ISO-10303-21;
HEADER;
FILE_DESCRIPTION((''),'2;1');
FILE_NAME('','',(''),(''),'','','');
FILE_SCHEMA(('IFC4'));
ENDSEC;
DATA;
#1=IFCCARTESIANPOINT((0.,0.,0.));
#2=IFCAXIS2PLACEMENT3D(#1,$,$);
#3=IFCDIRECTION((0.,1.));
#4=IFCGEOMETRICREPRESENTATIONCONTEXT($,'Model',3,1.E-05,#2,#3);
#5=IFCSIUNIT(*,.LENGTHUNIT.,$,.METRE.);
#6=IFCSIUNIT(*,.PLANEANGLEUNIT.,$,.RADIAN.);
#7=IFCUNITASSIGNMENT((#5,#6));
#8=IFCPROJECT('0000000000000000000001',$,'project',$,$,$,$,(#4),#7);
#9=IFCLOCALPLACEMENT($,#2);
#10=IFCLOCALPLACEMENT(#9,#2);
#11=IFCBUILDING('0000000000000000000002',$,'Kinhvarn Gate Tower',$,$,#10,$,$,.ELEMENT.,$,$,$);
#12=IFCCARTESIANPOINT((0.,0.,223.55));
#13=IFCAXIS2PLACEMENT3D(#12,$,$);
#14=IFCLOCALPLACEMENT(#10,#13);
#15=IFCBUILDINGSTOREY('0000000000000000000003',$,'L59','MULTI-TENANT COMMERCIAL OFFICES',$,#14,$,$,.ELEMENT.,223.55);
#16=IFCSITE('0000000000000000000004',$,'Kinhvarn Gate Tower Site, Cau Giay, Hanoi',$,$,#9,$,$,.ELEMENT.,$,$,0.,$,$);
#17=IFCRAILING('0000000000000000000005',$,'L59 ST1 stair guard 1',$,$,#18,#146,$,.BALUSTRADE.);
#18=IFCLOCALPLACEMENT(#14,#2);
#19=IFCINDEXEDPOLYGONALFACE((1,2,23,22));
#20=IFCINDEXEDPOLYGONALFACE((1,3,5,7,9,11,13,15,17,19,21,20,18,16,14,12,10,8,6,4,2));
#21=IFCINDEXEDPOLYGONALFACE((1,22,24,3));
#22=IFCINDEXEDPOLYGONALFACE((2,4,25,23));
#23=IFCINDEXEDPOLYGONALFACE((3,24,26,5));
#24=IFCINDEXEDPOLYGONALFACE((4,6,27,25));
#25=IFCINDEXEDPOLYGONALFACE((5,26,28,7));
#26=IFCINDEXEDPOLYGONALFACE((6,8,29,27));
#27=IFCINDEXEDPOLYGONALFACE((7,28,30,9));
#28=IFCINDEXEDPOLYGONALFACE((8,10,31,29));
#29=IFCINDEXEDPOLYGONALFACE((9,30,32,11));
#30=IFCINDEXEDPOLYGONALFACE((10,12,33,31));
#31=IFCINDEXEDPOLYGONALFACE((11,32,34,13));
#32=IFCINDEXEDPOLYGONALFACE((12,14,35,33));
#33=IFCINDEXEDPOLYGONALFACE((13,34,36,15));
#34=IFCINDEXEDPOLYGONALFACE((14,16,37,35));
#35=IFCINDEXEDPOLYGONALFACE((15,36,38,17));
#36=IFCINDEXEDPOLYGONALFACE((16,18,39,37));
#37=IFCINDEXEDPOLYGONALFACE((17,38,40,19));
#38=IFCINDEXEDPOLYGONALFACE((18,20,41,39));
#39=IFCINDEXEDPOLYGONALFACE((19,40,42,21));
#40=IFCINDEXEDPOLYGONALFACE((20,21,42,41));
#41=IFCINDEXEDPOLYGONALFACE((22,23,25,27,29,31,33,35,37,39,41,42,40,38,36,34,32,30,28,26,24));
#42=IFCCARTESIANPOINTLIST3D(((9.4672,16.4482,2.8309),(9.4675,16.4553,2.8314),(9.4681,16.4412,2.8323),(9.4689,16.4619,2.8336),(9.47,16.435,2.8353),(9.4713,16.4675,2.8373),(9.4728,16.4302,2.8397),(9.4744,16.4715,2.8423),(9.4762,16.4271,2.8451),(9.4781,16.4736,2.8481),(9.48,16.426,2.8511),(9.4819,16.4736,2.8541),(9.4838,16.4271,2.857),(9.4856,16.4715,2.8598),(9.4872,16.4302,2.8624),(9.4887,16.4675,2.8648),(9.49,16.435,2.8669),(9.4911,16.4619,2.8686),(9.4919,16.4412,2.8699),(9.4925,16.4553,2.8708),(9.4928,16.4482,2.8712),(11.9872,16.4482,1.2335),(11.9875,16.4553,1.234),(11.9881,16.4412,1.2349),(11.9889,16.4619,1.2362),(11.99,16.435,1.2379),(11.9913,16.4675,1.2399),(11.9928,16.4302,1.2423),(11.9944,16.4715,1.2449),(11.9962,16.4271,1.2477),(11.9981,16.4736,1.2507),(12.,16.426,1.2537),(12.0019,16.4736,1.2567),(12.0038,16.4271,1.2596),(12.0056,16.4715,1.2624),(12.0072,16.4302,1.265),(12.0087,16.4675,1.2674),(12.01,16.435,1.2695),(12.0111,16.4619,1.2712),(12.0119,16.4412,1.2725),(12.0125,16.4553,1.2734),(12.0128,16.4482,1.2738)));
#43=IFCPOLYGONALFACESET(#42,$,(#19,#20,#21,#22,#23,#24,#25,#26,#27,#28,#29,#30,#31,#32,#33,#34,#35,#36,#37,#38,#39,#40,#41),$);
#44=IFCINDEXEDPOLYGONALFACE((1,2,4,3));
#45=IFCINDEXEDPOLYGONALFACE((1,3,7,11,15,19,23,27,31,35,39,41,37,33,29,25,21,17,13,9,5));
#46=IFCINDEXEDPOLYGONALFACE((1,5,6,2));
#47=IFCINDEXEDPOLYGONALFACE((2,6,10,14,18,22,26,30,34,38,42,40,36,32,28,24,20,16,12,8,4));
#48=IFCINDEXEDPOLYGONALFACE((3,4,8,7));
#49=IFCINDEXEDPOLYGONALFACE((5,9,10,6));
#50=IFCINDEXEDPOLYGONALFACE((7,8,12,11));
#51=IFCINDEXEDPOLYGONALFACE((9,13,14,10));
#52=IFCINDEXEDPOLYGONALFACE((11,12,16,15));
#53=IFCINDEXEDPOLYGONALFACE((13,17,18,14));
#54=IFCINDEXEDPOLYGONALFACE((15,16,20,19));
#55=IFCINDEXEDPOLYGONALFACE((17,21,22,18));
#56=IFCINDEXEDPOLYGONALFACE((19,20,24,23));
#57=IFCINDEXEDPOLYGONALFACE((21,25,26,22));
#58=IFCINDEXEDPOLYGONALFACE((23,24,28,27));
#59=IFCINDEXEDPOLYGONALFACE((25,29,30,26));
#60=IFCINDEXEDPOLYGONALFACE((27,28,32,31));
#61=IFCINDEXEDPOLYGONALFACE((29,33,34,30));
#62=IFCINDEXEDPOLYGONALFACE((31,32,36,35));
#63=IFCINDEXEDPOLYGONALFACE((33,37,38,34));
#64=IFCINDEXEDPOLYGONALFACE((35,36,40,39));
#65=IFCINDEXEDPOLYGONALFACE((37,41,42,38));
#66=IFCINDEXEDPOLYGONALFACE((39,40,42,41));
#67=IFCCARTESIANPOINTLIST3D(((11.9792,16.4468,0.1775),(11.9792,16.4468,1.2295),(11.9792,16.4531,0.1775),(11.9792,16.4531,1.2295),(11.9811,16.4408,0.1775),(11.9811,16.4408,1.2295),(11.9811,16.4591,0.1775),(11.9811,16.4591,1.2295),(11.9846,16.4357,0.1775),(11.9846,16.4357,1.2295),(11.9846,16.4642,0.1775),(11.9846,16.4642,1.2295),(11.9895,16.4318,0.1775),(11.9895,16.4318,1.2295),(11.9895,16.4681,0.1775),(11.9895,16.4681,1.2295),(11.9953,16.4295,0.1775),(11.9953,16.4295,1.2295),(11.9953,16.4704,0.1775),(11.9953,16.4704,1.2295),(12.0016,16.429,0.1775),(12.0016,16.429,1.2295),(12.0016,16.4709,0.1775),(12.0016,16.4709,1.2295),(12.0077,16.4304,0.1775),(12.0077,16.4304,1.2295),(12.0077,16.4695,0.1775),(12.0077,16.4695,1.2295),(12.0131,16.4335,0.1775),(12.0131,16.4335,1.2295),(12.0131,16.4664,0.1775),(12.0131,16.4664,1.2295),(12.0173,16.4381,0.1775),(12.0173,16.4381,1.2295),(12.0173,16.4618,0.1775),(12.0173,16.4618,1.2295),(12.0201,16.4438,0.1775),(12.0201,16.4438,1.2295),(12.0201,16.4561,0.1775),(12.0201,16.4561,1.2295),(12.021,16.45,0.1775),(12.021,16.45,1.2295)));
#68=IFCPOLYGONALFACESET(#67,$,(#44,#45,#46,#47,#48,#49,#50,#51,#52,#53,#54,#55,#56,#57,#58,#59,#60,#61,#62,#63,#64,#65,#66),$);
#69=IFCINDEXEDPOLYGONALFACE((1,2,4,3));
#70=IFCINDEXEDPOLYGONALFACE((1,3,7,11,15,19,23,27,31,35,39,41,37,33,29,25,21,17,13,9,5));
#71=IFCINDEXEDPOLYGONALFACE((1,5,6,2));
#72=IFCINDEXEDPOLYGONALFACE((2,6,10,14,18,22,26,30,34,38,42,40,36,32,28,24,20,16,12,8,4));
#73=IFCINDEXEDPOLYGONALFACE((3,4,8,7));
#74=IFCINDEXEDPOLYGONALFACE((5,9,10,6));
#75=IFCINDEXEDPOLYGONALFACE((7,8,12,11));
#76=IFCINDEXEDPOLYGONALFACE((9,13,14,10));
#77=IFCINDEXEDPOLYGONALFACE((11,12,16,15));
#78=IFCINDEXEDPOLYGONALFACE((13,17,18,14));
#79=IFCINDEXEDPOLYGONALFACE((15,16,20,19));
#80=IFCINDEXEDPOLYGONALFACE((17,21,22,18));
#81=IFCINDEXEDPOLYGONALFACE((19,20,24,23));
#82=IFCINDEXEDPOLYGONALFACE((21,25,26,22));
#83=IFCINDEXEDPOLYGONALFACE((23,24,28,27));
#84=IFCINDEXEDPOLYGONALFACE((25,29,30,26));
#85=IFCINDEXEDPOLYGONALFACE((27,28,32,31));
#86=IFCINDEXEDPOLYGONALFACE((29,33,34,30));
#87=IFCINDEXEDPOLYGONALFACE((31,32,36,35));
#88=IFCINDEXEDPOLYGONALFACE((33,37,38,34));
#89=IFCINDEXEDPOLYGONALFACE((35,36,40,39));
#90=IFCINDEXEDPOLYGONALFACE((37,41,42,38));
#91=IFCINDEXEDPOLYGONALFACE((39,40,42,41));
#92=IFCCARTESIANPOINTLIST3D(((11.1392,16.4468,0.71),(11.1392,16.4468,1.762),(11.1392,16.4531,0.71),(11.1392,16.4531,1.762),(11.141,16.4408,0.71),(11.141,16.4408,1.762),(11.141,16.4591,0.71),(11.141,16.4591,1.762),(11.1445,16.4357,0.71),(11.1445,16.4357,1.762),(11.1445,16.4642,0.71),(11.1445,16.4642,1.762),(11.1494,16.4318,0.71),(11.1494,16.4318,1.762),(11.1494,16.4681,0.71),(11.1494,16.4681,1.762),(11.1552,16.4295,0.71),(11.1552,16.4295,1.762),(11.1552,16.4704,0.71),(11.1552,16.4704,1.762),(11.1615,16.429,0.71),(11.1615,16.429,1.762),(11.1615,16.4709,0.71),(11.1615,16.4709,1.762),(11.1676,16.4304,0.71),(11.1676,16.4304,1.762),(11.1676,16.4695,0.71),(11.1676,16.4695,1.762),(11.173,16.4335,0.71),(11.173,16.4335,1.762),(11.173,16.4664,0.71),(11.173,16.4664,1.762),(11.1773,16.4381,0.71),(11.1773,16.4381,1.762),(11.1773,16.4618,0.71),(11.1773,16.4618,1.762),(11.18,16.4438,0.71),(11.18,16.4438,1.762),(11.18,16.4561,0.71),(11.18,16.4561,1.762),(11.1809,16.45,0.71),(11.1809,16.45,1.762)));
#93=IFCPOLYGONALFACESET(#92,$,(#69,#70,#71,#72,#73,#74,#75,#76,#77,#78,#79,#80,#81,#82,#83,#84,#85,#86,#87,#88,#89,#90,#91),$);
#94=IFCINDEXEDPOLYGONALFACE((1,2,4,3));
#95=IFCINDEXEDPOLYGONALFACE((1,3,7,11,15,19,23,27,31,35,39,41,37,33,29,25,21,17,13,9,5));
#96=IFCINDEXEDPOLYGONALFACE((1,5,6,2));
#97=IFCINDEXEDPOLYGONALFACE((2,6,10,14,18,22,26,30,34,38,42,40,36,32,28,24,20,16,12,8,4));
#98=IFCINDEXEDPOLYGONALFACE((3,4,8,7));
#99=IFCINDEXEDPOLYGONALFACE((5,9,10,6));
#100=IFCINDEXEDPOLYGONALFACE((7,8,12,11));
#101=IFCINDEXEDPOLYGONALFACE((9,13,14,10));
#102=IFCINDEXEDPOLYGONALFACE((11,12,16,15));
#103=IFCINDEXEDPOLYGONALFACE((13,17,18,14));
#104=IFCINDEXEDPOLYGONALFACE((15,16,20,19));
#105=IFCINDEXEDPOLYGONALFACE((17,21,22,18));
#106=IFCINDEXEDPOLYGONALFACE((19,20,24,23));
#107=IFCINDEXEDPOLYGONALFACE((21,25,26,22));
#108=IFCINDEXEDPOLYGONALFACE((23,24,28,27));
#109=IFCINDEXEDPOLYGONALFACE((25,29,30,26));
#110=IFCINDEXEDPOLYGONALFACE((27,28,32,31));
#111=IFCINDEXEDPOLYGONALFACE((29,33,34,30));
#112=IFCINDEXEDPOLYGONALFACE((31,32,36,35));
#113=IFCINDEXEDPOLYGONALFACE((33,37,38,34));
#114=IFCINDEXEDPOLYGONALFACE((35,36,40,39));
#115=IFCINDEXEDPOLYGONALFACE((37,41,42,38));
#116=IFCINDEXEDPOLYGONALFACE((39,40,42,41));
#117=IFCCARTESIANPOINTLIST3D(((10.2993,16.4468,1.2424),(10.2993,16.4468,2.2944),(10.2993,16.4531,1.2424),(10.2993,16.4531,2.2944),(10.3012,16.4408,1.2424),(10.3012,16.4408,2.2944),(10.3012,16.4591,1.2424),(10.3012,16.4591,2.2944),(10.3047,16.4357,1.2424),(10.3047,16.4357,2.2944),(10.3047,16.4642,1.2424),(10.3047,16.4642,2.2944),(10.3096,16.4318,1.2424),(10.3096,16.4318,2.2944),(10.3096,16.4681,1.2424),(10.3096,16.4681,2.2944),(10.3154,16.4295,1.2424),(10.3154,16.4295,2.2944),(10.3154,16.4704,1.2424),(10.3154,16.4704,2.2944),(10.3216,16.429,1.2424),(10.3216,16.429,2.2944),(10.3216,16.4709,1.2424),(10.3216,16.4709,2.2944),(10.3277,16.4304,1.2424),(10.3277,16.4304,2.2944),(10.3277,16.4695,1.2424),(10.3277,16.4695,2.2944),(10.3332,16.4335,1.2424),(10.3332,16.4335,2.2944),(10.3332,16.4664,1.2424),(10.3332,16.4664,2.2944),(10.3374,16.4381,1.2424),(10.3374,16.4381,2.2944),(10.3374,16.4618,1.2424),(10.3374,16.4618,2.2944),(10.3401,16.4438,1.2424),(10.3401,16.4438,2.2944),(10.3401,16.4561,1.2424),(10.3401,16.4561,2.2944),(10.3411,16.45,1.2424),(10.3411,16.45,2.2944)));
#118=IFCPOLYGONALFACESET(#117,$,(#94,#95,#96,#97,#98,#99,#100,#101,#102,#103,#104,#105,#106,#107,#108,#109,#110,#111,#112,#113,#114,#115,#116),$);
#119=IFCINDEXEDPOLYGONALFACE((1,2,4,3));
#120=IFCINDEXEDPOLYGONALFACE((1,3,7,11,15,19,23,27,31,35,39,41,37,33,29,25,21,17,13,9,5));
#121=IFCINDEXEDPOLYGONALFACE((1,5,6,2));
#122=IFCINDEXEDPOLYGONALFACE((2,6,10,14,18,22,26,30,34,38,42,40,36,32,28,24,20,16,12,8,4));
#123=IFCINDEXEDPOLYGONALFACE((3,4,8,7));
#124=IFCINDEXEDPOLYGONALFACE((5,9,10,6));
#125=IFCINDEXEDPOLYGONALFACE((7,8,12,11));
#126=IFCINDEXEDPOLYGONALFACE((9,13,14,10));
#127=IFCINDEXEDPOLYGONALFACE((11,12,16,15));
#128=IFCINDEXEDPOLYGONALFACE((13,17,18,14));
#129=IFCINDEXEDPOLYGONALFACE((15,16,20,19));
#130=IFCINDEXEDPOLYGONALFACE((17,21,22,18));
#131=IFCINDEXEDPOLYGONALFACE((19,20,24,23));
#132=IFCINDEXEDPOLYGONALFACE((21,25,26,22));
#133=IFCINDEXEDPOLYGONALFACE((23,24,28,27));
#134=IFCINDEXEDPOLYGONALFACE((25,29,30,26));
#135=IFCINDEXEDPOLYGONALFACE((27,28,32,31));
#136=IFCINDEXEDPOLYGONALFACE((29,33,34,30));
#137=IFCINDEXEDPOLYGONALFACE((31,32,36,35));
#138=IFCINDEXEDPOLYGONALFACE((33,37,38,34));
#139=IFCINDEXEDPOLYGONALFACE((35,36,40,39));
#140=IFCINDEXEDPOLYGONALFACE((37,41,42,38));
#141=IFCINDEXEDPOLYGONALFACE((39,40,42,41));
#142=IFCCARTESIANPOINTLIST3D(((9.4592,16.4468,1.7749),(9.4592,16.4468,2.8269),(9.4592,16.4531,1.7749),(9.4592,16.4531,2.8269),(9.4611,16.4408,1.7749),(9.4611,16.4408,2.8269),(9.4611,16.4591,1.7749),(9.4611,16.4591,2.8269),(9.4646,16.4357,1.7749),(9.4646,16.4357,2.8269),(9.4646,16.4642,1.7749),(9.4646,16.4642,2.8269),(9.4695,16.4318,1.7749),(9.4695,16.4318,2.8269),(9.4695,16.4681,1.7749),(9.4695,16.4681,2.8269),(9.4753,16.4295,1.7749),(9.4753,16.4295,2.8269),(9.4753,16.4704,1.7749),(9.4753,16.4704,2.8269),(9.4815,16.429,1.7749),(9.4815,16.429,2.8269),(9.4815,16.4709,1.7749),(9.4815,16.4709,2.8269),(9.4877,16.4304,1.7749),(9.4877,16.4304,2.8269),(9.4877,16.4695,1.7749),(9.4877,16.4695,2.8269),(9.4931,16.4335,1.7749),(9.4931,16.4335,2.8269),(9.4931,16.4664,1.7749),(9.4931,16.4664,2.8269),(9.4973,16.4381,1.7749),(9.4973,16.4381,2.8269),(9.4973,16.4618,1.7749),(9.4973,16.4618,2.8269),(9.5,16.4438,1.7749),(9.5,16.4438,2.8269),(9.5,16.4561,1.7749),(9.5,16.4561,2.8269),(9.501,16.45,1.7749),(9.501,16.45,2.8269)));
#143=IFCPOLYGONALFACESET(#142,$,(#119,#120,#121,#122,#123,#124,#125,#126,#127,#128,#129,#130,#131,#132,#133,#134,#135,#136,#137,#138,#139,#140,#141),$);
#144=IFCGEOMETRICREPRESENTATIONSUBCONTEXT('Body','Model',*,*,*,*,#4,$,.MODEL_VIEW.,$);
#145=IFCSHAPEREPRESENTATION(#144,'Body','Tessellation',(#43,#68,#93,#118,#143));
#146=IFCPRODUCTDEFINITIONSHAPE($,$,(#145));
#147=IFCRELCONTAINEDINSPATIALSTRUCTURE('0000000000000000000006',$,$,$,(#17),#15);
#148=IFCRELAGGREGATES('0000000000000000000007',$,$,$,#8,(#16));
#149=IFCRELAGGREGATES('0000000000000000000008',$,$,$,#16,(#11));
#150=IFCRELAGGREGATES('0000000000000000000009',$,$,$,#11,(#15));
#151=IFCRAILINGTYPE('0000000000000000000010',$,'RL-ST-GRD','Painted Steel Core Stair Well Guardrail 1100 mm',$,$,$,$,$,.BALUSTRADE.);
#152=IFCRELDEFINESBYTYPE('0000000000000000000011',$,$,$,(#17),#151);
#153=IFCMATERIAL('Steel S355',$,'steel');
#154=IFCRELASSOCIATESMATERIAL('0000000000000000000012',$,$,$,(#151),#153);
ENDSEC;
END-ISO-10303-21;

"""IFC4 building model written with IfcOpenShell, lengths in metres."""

from ifc_helpers import new_model, si_unit, direction, frame, origin, origin_2d, place, context, subcontext, project, spatial, circle, extrude, material, type_object, element, save


model = new_model("IFC4")

# Units and contexts
model_context = context("Model", 3, precision=1e-05, world=origin(), true_north=direction((0.0, 1.0)))
body_context = subcontext(model_context, "Body", "Model", "MODEL_VIEW")
ifc_project = project(units=[si_unit("LENGTHUNIT", "METRE"), si_unit("PLANEANGLEUNIT", "RADIAN")], contexts=[model_context])

# Site, building, storey
site_placement = place(None, origin())
site = spatial("IfcSite", under=ifc_project, at=site_placement, Name="Kinhvarn Gate Tower Site, Cau Giay, Hanoi", CompositionType="ELEMENT", RefElevation=0.0)
building_placement = place(site_placement, origin())
building = spatial("IfcBuilding", under=site, at=building_placement, Name="Kinhvarn Gate Tower", CompositionType="ELEMENT")
storey_placement = place(building_placement, frame((0.0, 0.0, 223.55)))
storey = spatial("IfcBuildingStorey", under=building, at=storey_placement, Name="L59", Description="MULTI-TENANT COMMERCIAL OFFICES", CompositionType="ELEMENT", Elevation=223.55)

# Shared definitions
ifc_material_1 = material(Name="Steel S355", Category="steel")

# Railing
railing_type_1 = type_object("IfcRailingType", Name="RL-ST-GRD", Description="Painted Steel Core Stair Well Guardrail 1100 mm", PredefinedType="BALUSTRADE", material=ifc_material_1)
railing_1_placement = place(storey_placement, frame((12.0, 16.45, 0.1775)))
element("IfcRailing", 1, at=railing_1_placement, inside=storey, type_object=railing_type_1, Name="L59 ST1 stair guard 1", PredefinedType="BALUSTRADE", context=body_context, shape_type="SweptSolid", body=[
    extrude(circle(Radius=0.0239, at=origin_2d()), frame((0.0, 0.0, 1.0762), z_axis=(-0.844607, 0.0, 0.535387), x_axis=(0.0, -1.0, 0.0)), (0.0, 0.0, 1.0), 2.9836),
    extrude(circle(Radius=0.021, at=origin_2d()), origin(), (0.0, 0.0, 1.0), 1.052),
    extrude(circle(Radius=0.021, at=origin_2d()), frame((-0.8401, 0.0, 0.5325)), (0.0, 0.0, 1.0), 1.052),
    extrude(circle(Radius=0.021, at=origin_2d()), frame((-1.6799, 0.0, 1.0649)), (0.0, 0.0, 1.0), 1.052),
    extrude(circle(Radius=0.021, at=origin_2d()), frame((-2.52, 0.0, 1.5974)), (0.0, 0.0, 1.0), 1.052),
])

save(model, "model.ifc")
